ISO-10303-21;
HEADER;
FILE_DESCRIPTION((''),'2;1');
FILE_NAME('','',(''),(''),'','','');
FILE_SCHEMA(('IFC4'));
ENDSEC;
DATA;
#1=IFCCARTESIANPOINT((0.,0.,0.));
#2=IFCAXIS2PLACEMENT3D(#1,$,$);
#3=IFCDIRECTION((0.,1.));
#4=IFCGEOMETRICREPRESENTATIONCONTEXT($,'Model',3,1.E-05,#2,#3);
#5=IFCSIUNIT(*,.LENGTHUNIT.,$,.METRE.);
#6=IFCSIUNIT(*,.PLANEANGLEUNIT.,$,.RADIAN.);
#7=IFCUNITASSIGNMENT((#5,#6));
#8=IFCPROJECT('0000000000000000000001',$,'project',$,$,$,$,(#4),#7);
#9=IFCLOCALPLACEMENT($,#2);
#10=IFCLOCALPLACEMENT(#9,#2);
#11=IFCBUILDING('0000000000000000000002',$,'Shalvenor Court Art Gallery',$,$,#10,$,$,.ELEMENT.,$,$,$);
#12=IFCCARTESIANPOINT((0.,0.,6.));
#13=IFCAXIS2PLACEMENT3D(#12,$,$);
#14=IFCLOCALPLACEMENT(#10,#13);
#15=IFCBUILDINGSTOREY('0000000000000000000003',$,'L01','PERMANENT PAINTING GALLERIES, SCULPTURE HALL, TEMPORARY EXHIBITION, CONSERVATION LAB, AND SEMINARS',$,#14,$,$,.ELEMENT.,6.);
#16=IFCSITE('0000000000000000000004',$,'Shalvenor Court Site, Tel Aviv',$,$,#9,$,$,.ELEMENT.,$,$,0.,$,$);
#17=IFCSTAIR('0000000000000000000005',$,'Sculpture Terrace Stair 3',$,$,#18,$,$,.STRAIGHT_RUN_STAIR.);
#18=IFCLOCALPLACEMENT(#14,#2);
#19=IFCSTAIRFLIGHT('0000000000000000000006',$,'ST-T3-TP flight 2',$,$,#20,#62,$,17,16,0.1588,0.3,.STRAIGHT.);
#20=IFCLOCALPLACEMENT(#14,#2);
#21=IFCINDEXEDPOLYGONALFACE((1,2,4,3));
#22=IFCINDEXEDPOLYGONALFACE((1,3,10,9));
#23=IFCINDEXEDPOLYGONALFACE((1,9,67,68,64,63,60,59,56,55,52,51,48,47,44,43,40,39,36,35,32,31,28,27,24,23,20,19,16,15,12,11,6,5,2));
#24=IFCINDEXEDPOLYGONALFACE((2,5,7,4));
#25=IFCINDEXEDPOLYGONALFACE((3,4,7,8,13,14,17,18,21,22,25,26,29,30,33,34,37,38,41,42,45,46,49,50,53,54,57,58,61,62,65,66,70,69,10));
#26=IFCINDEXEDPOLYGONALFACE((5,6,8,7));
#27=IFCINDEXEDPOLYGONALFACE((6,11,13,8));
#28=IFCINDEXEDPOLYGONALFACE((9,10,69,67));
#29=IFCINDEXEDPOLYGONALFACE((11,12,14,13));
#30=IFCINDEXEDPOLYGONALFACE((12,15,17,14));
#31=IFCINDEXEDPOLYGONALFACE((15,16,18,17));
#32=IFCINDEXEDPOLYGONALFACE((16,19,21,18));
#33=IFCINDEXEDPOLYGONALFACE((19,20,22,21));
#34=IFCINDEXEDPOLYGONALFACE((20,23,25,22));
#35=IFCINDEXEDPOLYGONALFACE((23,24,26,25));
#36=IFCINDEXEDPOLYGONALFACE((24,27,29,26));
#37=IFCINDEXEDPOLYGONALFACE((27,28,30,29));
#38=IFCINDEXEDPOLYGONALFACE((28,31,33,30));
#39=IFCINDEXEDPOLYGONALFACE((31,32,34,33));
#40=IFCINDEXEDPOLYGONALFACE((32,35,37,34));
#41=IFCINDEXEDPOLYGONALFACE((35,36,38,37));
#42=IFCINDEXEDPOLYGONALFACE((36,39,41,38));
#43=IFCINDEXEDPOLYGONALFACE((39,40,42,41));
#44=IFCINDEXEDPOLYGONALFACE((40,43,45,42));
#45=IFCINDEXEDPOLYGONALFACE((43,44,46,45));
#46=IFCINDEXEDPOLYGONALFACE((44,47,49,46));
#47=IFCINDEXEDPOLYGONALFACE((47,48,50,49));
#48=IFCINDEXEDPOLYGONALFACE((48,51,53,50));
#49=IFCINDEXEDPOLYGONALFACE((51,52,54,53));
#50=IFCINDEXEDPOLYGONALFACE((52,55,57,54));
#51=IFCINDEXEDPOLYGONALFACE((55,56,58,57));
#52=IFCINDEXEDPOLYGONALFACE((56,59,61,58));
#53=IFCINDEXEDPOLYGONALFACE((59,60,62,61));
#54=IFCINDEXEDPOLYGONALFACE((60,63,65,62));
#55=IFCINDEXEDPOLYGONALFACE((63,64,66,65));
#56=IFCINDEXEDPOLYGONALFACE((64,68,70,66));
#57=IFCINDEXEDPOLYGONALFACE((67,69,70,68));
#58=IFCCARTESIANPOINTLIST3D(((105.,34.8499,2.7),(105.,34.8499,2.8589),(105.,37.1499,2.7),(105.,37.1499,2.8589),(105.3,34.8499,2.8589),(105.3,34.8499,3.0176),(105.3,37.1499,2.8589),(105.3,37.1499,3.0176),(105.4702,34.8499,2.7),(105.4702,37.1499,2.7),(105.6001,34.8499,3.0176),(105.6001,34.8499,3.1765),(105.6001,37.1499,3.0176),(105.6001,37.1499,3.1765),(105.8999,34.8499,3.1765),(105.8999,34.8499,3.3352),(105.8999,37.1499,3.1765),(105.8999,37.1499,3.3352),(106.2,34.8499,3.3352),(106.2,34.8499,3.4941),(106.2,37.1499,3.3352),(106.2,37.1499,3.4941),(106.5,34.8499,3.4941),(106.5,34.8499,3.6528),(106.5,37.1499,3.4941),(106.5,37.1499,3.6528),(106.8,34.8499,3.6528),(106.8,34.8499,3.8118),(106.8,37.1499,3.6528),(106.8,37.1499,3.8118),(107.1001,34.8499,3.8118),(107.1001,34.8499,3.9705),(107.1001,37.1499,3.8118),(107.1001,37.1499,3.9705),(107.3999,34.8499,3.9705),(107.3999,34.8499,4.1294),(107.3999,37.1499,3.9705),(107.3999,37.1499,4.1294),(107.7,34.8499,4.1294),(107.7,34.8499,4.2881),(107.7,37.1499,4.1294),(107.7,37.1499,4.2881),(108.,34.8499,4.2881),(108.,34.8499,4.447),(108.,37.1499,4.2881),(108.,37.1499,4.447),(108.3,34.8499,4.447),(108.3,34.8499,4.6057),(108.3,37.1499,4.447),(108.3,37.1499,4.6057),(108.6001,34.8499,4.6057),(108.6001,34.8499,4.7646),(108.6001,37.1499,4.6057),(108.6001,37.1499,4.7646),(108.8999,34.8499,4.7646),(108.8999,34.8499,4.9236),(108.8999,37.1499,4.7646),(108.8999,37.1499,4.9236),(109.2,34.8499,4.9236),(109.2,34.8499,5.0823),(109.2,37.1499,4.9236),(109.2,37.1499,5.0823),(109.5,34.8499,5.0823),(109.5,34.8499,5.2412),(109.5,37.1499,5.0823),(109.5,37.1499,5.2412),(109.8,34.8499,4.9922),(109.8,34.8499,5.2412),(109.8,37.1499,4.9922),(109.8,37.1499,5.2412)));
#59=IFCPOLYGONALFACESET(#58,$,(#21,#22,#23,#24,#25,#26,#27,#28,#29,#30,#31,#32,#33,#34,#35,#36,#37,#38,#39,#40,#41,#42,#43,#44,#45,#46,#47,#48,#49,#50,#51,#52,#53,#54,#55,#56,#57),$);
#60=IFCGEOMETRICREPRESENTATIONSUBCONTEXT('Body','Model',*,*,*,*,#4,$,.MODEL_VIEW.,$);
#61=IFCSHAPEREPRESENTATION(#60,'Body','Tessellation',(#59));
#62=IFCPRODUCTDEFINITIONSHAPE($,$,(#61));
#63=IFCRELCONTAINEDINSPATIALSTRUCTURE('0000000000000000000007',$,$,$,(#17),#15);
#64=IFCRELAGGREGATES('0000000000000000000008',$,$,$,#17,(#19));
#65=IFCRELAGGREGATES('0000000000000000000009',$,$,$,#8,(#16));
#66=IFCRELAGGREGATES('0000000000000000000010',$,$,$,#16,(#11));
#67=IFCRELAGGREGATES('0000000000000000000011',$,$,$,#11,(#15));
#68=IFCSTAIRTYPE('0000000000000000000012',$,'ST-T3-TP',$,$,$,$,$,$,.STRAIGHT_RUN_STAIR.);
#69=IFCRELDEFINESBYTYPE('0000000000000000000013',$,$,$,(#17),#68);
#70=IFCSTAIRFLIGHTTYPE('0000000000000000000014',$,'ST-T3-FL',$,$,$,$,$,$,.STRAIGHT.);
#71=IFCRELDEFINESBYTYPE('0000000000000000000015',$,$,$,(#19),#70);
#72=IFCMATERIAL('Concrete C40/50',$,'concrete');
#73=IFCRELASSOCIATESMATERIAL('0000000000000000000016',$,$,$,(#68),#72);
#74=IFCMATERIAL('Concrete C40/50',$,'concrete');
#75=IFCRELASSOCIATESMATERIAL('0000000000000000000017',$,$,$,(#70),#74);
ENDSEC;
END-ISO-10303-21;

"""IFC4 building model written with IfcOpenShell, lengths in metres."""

from ifc_helpers import new_model, si_unit, direction, frame, origin, place, context, subcontext, project, spatial, polyline, outline, extrude, material, type_object, element, aggregate, save


model = new_model("IFC4")

# Units and contexts
model_context = context("Model", 3, precision=1e-05, world=origin(), true_north=direction((0.0, 1.0)))
body_context = subcontext(model_context, "Body", "Model", "MODEL_VIEW")
ifc_project = project(units=[si_unit("LENGTHUNIT", "METRE"), si_unit("PLANEANGLEUNIT", "RADIAN")], contexts=[model_context])

# Site, building, storey
site_placement = place(None, origin())
site = spatial("IfcSite", under=ifc_project, at=site_placement, Name="Shalvenor Court Site, Tel Aviv", CompositionType="ELEMENT", RefElevation=0.0)
building_placement = place(site_placement, origin())
building = spatial("IfcBuilding", under=site, at=building_placement, Name="Shalvenor Court Art Gallery", CompositionType="ELEMENT")
storey_placement = place(building_placement, frame((0.0, 0.0, 6.0)))
storey = spatial("IfcBuildingStorey", under=building, at=storey_placement, Name="L01", Description="PERMANENT PAINTING GALLERIES, SCULPTURE HALL, TEMPORARY EXHIBITION, CONSERVATION LAB, AND SEMINARS", CompositionType="ELEMENT", Elevation=6.0)

# Stair, stair flight
ifc_material_1 = material(Name="Concrete C40/50", Category="concrete")
stair_type = type_object("IfcStairType", Name="ST-T3-TP", PredefinedType="STRAIGHT_RUN_STAIR", material=ifc_material_1)
stair_placement = place(storey_placement, origin())
stair = element("IfcStair", 1, at=stair_placement, inside=storey, type_object=stair_type, Name="Sculpture Terrace Stair 3", PredefinedType="STRAIGHT_RUN_STAIR")
ifc_material_2 = material(Name="Concrete C40/50", Category="concrete")
stair_flight_type = type_object("IfcStairFlightType", Name="ST-T3-FL", PredefinedType="STRAIGHT", material=ifc_material_2)
stair_flight_1_placement = place(storey_placement, frame((105.0, 36.0, 2.7), z_axis=(0.0, 0.0, 1.0), x_axis=(1.0, 0.0, 0.0)))
stair_flight_1 = element("IfcStairFlight", 2, at=stair_flight_1_placement, type_object=stair_flight_type, Name="ST-T3-TP flight 2", NumberOfRisers=17, NumberOfTreads=16, PredefinedType="STRAIGHT", RiserHeight=0.1588, TreadLength=0.3, context=body_context, shape_type="SweptSolid", body=[
    extrude(outline(polyline([(0.0, 0.0), (0.0, 0.1589), (0.3, 0.1589), (0.3, 0.3176), (0.6001, 0.3176), (0.6001, 0.4766), (0.8999, 0.4766), (0.8999, 0.6353), (1.2, 0.6353), (1.2, 0.7942), (1.5, 0.7942), (1.5, 0.9529), (1.8, 0.9529), (1.8, 1.1118), (2.1001, 1.1118), (2.1001, 1.2705), (2.3999, 1.2705), (2.3999, 1.4294), (2.7, 1.4294), (2.7, 1.5881), (3.0, 1.5881), (3.0, 1.7471), (3.3, 1.7471), (3.3, 1.9058), (3.6001, 1.9058), (3.6001, 2.0647), (3.8999, 2.0647), (3.8999, 2.2236), (4.2, 2.2236), (4.2, 2.3823), (4.5, 2.3823), (4.5, 2.5413), (4.8, 2.5413), (4.8, 2.7), (4.8, 2.2922), (0.4702, 0.0), (0.0, 0.0)])), frame((0.0, 1.1499, 0.0), z_axis=(0.0, -1.0, 0.0), x_axis=(1.0, 0.0, 0.0)), (0.0, 0.0, 1.0), 2.3),
])
aggregate(stair, [stair_flight_1])

save(model, "model.ifc")
